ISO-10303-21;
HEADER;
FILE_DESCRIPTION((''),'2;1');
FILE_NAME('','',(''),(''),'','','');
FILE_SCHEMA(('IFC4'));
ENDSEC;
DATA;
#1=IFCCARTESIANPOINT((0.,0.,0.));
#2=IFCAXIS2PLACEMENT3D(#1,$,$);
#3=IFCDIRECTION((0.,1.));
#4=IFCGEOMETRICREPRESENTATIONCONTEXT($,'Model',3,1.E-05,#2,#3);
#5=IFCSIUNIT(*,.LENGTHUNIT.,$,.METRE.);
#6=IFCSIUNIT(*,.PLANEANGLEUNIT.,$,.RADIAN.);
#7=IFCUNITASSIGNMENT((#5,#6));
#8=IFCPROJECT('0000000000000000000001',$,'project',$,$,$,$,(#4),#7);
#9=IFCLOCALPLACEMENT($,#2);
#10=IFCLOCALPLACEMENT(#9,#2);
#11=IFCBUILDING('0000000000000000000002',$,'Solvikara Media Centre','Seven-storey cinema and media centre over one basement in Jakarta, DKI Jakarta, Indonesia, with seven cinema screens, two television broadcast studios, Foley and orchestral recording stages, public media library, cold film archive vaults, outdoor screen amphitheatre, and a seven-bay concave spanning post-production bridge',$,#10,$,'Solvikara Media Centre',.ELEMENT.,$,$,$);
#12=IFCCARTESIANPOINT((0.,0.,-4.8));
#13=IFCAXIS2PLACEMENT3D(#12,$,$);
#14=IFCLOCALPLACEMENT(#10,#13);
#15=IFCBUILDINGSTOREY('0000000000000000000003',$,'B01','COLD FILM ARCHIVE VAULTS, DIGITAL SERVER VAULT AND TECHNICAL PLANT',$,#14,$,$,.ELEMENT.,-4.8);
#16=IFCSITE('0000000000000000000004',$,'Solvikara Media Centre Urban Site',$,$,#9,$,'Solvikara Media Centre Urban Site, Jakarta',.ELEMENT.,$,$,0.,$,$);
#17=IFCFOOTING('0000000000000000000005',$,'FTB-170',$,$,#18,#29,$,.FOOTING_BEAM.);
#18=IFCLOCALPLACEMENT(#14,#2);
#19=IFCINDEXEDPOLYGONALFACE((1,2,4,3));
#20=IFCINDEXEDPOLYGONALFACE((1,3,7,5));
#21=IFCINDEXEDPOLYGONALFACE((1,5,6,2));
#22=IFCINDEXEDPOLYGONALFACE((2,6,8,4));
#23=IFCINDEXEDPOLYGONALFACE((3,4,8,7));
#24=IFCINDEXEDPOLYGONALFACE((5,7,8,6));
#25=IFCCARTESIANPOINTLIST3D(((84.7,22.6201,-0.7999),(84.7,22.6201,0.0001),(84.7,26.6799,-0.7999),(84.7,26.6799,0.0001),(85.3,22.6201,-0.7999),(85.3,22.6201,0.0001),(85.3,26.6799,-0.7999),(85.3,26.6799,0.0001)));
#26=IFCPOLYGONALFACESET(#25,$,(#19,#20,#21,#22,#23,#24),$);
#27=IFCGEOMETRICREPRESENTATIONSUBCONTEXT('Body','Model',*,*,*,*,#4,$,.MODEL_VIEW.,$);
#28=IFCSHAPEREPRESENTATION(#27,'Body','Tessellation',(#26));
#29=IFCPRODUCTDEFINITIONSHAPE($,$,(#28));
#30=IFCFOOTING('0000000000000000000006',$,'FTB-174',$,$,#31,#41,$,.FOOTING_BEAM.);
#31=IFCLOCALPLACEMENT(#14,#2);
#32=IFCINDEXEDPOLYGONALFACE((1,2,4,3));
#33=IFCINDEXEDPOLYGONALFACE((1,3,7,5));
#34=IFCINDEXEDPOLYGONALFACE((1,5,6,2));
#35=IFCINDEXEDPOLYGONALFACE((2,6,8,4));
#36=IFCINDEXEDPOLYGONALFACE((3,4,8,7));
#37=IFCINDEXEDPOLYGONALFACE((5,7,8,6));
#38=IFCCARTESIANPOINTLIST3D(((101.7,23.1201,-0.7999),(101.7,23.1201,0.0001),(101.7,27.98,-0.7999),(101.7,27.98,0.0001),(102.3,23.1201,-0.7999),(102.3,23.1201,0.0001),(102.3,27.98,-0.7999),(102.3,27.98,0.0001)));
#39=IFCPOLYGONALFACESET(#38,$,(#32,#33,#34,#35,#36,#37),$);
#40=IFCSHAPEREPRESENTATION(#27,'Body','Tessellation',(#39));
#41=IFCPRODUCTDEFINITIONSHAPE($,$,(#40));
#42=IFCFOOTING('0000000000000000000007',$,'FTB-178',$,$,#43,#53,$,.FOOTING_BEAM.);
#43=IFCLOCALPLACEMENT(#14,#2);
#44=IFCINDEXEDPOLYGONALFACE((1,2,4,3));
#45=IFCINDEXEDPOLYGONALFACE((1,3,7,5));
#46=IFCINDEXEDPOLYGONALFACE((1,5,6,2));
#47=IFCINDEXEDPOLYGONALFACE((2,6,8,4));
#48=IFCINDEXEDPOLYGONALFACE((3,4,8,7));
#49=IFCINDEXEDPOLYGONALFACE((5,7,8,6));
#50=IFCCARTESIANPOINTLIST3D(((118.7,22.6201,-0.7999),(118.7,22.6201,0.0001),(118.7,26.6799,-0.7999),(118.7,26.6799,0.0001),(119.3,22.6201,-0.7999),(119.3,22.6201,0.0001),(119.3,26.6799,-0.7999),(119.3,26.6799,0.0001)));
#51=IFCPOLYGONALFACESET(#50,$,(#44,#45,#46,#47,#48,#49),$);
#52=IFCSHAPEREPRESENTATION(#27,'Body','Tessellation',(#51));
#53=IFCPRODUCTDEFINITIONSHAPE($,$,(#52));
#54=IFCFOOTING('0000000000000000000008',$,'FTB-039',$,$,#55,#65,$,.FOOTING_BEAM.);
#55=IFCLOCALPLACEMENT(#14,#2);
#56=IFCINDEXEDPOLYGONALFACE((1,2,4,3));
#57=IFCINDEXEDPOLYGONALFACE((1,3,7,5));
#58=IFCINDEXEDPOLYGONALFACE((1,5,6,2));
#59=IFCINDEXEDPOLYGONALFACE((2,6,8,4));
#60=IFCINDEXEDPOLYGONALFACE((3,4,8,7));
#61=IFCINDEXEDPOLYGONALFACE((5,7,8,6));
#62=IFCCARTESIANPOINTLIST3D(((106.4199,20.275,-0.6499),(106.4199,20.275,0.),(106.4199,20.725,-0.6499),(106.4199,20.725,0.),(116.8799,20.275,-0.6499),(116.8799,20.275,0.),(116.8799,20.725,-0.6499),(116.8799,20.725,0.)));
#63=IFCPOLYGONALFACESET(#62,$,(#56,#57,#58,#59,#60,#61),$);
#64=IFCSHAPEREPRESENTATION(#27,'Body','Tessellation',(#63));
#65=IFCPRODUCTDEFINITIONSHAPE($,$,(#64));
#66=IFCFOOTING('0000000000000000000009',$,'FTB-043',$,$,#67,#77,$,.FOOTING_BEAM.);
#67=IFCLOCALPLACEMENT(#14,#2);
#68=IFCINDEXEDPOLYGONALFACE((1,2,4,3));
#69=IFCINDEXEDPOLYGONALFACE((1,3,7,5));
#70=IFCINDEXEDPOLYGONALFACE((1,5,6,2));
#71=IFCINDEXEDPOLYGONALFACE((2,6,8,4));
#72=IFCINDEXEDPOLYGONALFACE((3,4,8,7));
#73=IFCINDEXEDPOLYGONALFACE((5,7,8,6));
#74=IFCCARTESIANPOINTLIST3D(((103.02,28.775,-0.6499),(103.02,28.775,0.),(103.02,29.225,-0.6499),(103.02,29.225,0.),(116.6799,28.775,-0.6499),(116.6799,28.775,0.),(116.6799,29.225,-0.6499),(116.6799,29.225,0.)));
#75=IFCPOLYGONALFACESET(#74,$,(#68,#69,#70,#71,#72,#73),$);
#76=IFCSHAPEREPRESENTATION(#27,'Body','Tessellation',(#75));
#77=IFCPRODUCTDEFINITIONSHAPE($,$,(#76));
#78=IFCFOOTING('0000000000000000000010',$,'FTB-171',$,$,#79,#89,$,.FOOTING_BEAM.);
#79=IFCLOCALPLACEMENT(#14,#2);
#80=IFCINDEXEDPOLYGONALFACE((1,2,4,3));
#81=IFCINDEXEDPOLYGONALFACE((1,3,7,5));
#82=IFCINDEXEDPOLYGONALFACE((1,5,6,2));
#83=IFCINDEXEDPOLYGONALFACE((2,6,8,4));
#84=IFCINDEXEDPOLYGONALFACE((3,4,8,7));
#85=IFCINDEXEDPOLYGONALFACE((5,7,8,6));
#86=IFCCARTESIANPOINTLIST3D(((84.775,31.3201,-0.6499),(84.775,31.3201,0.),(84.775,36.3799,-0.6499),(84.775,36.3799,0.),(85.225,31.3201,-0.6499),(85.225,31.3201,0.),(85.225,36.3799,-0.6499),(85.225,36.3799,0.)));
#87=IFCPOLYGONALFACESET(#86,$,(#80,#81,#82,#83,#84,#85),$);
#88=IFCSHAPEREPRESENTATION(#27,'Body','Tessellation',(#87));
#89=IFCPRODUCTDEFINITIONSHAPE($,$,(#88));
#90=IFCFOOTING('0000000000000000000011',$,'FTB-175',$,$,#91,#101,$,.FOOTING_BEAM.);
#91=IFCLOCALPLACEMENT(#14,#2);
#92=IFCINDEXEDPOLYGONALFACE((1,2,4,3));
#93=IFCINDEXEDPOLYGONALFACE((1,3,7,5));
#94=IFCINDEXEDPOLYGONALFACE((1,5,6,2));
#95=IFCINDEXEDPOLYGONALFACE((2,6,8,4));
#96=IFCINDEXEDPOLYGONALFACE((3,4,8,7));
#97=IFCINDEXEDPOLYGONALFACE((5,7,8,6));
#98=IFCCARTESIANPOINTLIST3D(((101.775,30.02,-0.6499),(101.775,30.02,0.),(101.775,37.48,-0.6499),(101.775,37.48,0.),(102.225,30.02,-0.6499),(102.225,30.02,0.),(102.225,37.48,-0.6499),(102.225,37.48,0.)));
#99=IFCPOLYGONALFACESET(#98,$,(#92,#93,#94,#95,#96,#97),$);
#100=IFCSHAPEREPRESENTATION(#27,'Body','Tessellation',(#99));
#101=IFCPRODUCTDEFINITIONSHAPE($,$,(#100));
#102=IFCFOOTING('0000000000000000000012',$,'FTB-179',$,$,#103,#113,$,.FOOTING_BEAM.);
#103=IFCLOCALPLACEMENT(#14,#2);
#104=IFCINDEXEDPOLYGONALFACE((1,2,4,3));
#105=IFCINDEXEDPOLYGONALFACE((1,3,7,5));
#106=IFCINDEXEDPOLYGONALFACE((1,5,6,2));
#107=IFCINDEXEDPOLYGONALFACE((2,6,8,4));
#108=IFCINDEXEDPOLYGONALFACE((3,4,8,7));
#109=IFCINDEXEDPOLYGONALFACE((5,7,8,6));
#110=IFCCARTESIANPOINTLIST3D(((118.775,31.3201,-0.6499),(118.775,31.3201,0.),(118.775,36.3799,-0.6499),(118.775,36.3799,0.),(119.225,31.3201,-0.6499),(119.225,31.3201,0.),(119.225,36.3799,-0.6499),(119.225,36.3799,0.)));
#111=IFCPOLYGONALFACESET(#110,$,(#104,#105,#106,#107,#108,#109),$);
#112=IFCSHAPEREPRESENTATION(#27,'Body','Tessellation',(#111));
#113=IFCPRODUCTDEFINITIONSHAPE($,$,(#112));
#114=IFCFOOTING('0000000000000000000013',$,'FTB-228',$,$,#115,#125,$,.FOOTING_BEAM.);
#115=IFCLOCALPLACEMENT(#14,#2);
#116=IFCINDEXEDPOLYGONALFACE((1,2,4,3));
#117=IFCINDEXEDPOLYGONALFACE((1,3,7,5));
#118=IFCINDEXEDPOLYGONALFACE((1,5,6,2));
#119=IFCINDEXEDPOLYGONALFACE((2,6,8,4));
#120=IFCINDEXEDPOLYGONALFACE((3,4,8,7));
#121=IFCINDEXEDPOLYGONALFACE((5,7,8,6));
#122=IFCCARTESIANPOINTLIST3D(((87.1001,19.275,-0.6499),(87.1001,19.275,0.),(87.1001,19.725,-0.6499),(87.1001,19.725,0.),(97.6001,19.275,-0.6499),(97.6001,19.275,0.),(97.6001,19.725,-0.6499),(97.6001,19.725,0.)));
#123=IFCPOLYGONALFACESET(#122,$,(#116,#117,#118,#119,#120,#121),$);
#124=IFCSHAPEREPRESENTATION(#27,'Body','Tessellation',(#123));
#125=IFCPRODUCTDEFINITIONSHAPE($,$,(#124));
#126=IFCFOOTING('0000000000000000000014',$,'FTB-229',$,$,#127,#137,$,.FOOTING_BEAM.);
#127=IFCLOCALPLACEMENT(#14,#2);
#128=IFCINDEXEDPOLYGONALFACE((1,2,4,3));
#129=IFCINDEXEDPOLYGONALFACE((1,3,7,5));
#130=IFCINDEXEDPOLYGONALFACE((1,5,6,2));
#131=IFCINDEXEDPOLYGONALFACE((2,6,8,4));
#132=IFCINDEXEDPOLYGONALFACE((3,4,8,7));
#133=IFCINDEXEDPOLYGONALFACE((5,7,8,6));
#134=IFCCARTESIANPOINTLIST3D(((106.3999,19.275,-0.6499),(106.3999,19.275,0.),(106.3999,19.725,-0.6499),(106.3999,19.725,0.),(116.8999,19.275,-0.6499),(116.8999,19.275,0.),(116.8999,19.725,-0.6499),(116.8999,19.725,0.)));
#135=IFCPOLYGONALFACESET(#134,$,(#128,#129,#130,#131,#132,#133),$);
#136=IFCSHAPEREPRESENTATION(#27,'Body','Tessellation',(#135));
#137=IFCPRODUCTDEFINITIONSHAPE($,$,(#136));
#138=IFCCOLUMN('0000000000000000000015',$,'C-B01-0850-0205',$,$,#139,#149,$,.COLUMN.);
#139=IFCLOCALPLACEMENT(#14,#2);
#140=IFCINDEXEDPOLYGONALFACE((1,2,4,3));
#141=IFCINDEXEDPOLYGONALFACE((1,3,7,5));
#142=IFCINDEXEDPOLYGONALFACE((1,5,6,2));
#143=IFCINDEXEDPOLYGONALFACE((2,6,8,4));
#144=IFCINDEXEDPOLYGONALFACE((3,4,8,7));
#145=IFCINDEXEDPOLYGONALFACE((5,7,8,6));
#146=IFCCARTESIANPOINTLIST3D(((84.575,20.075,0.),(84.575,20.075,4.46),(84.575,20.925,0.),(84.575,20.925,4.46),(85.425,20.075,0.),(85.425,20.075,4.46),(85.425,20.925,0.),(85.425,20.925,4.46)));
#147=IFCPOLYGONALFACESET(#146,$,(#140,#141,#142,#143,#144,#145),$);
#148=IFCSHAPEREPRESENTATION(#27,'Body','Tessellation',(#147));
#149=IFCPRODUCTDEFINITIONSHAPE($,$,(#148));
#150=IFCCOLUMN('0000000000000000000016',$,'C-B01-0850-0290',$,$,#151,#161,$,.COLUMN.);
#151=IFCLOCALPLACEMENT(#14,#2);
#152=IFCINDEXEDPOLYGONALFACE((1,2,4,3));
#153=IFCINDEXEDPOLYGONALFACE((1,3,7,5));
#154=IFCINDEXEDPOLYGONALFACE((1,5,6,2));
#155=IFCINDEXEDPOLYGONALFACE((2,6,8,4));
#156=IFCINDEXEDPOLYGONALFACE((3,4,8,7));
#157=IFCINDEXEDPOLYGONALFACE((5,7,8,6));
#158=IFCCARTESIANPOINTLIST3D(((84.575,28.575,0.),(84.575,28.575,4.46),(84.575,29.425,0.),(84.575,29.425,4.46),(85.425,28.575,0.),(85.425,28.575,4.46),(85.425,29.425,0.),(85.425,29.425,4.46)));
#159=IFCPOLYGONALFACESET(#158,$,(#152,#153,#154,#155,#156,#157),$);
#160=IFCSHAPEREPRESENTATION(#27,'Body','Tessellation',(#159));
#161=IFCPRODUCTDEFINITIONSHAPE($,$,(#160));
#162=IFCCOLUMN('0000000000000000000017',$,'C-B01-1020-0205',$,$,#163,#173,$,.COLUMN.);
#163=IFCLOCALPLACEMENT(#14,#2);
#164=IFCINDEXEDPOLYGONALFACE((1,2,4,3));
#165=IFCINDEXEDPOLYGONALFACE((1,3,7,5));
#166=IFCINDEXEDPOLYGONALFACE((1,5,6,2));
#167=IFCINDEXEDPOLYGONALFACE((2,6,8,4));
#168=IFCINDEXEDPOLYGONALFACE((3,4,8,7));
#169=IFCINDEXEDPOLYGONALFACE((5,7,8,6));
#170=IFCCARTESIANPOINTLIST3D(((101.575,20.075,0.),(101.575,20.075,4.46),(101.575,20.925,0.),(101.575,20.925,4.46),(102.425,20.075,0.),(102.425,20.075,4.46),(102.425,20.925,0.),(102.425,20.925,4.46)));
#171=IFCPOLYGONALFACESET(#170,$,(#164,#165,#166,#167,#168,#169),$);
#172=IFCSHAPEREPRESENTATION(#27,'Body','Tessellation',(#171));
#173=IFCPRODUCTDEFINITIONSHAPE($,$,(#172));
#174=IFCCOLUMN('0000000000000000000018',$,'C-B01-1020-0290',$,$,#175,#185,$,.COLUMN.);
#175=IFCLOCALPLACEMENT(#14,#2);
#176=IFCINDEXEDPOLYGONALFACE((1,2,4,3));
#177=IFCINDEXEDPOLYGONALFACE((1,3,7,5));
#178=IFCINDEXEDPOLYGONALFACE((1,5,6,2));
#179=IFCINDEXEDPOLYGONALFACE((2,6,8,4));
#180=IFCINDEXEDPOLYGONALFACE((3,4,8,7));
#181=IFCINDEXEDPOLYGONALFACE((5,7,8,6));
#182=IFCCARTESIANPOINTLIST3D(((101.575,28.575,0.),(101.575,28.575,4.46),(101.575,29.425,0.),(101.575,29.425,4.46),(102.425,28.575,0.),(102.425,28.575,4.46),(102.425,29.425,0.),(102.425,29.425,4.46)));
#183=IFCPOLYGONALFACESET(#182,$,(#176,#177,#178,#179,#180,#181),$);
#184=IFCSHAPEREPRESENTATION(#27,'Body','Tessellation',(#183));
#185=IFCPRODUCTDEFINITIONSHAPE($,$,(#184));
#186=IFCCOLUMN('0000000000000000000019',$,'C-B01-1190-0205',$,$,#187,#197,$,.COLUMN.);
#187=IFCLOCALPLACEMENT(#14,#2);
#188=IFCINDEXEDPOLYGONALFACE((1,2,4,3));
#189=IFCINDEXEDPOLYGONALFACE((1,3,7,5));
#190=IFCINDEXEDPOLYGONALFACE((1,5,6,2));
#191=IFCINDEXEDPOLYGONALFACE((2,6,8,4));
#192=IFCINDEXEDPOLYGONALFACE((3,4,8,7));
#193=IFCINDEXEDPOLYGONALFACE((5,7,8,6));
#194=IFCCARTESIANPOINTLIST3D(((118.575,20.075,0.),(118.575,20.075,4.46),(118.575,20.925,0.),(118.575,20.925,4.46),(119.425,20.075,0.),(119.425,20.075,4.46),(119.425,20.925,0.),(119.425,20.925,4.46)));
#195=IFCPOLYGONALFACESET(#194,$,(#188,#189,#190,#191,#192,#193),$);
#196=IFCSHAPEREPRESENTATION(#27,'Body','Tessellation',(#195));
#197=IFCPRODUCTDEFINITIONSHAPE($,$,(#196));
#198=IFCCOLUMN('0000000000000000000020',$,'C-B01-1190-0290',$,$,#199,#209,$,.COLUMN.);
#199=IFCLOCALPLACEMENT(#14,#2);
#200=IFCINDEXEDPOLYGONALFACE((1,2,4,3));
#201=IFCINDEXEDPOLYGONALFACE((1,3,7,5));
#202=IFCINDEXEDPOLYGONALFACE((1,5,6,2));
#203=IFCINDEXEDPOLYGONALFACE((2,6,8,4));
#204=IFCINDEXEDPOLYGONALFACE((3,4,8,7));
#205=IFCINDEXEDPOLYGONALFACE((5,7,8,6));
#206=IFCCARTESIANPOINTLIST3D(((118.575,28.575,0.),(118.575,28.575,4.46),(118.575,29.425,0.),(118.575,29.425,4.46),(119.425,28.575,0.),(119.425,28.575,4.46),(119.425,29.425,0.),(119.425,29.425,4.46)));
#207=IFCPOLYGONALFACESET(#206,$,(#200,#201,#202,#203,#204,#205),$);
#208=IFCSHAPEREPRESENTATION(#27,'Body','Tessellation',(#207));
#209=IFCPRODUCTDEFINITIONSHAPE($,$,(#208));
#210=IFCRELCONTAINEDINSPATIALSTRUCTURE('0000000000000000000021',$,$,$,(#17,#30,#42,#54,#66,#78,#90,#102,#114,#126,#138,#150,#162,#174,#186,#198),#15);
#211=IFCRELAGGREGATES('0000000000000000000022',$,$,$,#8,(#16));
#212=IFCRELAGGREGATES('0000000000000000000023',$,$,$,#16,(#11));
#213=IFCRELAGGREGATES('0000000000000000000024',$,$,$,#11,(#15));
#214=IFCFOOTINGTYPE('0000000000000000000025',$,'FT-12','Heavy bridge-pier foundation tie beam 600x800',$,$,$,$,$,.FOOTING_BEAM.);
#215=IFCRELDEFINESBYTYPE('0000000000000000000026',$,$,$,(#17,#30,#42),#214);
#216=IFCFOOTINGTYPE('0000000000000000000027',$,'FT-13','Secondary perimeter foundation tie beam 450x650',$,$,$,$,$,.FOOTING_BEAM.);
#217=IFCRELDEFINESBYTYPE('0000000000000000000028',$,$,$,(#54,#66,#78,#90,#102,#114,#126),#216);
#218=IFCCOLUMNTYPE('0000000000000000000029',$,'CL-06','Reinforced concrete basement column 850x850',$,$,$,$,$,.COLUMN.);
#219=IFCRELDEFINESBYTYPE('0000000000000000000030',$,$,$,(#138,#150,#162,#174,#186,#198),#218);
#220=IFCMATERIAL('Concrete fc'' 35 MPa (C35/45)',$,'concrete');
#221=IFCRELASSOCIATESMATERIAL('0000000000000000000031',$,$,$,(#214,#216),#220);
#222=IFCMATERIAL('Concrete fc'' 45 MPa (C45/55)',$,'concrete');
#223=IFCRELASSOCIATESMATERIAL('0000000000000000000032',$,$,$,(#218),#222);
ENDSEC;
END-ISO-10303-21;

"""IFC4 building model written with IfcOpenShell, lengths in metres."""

from ifc_helpers import new_model, si_unit, direction, frame, origin, origin_2d, place, context, subcontext, project, spatial, rectangle, extrude, material, material_profile, profile_set, type_object, element, save


model = new_model("IFC4")

# Units and contexts
model_context = context("Model", 3, precision=1e-05, world=origin(), true_north=direction((0.0, 1.0)))
body_context = subcontext(model_context, "Body", "Model", "MODEL_VIEW")
ifc_project = project(units=[si_unit("LENGTHUNIT", "METRE"), si_unit("PLANEANGLEUNIT", "RADIAN")], contexts=[model_context])

# Site, building, storey
site_placement = place(None, origin())
site = spatial("IfcSite", under=ifc_project, at=site_placement, Name="Solvikara Media Centre Urban Site", LongName="Solvikara Media Centre Urban Site, Jakarta", CompositionType="ELEMENT", RefElevation=0.0)
building_placement = place(site_placement, origin())
building = spatial("IfcBuilding", under=site, at=building_placement, Name="Solvikara Media Centre", Description="Seven-storey cinema and media centre over one basement in Jakarta, DKI Jakarta, Indonesia, with seven cinema screens, two television broadcast studios, Foley and orchestral recording stages, public media library, cold film archive vaults, outdoor screen amphitheatre, and a seven-bay concave spanning post-production bridge", LongName="Solvikara Media Centre", CompositionType="ELEMENT")
storey_placement = place(building_placement, frame((0.0, 0.0, -4.8)))
storey = spatial("IfcBuildingStorey", under=building, at=storey_placement, Name="B01", Description="COLD FILM ARCHIVE VAULTS, DIGITAL SERVER VAULT AND TECHNICAL PLANT", CompositionType="ELEMENT", Elevation=-4.8)

# Shared definitions
ifc_material_1 = material(Name="Concrete fc' 35 MPa (C35/45)", Category="concrete")

# Footings
ifc_material_profile_1 = material_profile(ifc_material_1, rectangle(XDim=0.6001, YDim=0.8, at=origin_2d()), Name="RC 600x800")
ifc_profile_set_1 = profile_set([ifc_material_profile_1], Name="Concrete fc' 35 MPa (C35/45)")
footing_type_1 = type_object("IfcFootingType", Name="FT-12", Description="Heavy bridge-pier foundation tie beam 600x800", PredefinedType="FOOTING_BEAM", material=ifc_profile_set_1)
footing_1_placement = place(storey_placement, frame((85.0, 22.6201, -0.3999), z_axis=(0.0, 1.0, 0.0), x_axis=(-1.0, 0.0, 0.0)))
element("IfcFooting", 1, at=footing_1_placement, inside=storey, type_object=footing_type_1, Name="FTB-170", PredefinedType="FOOTING_BEAM", context=body_context, shape_type="SweptSolid", body=[
    extrude(rectangle(XDim=0.6001, YDim=0.8, at=origin_2d()), origin(), (0.0, 0.0, 1.0), 4.0598),
])
footing_2_placement = place(storey_placement, frame((102.0, 23.1201, -0.3999), z_axis=(0.0, 1.0, 0.0), x_axis=(-1.0, 0.0, 0.0)))
element("IfcFooting", 2, at=footing_2_placement, inside=storey, type_object=footing_type_1, Name="FTB-174", PredefinedType="FOOTING_BEAM", context=body_context, shape_type="SweptSolid", body=[
    extrude(rectangle(XDim=0.6001, YDim=0.8, at=origin_2d()), origin(), (0.0, 0.0, 1.0), 4.8599),
])
footing_3_placement = place(storey_placement, frame((119.0, 22.6201, -0.3999), z_axis=(0.0, 1.0, 0.0), x_axis=(-1.0, 0.0, 0.0)))
element("IfcFooting", 3, at=footing_3_placement, inside=storey, type_object=footing_type_1, Name="FTB-178", PredefinedType="FOOTING_BEAM", context=body_context, shape_type="SweptSolid", body=[
    extrude(rectangle(XDim=0.6001, YDim=0.8, at=origin_2d()), origin(), (0.0, 0.0, 1.0), 4.0598),
])
ifc_material_profile_2 = material_profile(ifc_material_1, rectangle(XDim=0.45, YDim=0.6499, at=origin_2d()), Name="RC 450x650")
ifc_profile_set_2 = profile_set([ifc_material_profile_2], Name="Concrete fc' 35 MPa (C35/45)")
footing_type_2 = type_object("IfcFootingType", Name="FT-13", Description="Secondary perimeter foundation tie beam 450x650", PredefinedType="FOOTING_BEAM", material=ifc_profile_set_2)
footing_4_placement = place(storey_placement, frame((106.4199, 20.5, -0.325), z_axis=(1.0, 0.0, 0.0), x_axis=(0.0, 1.0, 0.0)))
element("IfcFooting", 4, at=footing_4_placement, inside=storey, type_object=footing_type_2, Name="FTB-039", PredefinedType="FOOTING_BEAM", context=body_context, shape_type="SweptSolid", body=[
    extrude(rectangle(XDim=0.45, YDim=0.6499, at=origin_2d()), origin(), (0.0, 0.0, 1.0), 10.46),
])
footing_5_placement = place(storey_placement, frame((103.02, 29.0, -0.325), z_axis=(1.0, 0.0, 0.0), x_axis=(0.0, 1.0, 0.0)))
element("IfcFooting", 5, at=footing_5_placement, inside=storey, type_object=footing_type_2, Name="FTB-043", PredefinedType="FOOTING_BEAM", context=body_context, shape_type="SweptSolid", body=[
    extrude(rectangle(XDim=0.45, YDim=0.6499, at=origin_2d()), origin(), (0.0, 0.0, 1.0), 13.6599),
])
footing_6_placement = place(storey_placement, frame((85.0, 31.3201, -0.325), z_axis=(0.0, 1.0, 0.0), x_axis=(-1.0, 0.0, 0.0)))
element("IfcFooting", 6, at=footing_6_placement, inside=storey, type_object=footing_type_2, Name="FTB-171", PredefinedType="FOOTING_BEAM", context=body_context, shape_type="SweptSolid", body=[
    extrude(rectangle(XDim=0.45, YDim=0.6499, at=origin_2d()), origin(), (0.0, 0.0, 1.0), 5.0598),
])
footing_7_placement = place(storey_placement, frame((102.0, 30.02, -0.325), z_axis=(0.0, 1.0, 0.0), x_axis=(-1.0, 0.0, 0.0)))
element("IfcFooting", 7, at=footing_7_placement, inside=storey, type_object=footing_type_2, Name="FTB-175", PredefinedType="FOOTING_BEAM", context=body_context, shape_type="SweptSolid", body=[
    extrude(rectangle(XDim=0.45, YDim=0.6499, at=origin_2d()), origin(), (0.0, 0.0, 1.0), 7.46),
])
footing_8_placement = place(storey_placement, frame((119.0, 31.3201, -0.325), z_axis=(0.0, 1.0, 0.0), x_axis=(-1.0, 0.0, 0.0)))
element("IfcFooting", 8, at=footing_8_placement, inside=storey, type_object=footing_type_2, Name="FTB-179", PredefinedType="FOOTING_BEAM", context=body_context, shape_type="SweptSolid", body=[
    extrude(rectangle(XDim=0.45, YDim=0.6499, at=origin_2d()), origin(), (0.0, 0.0, 1.0), 5.0598),
])
for number, where, z_axis, x_axis, name in (
    (9, (87.1001, 19.5, -0.325), (1.0, 0.0, 0.0), (0.0, 1.0, 0.0), "FTB-228"),
    (10, (106.3999, 19.5, -0.325), (1.0, 0.0, 0.0), (0.0, 1.0, 0.0), "FTB-229"),
):
    element("IfcFooting", number, at=place(storey_placement, frame(where, z_axis=z_axis, x_axis=x_axis)), inside=storey, type_object=footing_type_2, Name=name, PredefinedType="FOOTING_BEAM", context=body_context, shape_type="SweptSolid", body=[
        extrude(rectangle(XDim=0.45, YDim=0.6499, at=origin_2d()), origin(), (0.0, 0.0, 1.0), 10.5),
    ])

# Columns
ifc_material_2 = material(Name="Concrete fc' 45 MPa (C45/55)", Category="concrete")
ifc_material_profile_3 = material_profile(ifc_material_2, rectangle(XDim=0.8501, YDim=0.8501, at=origin_2d()), Name="RC 850x850")
ifc_profile_set_3 = profile_set([ifc_material_profile_3], Name="Concrete fc' 45 MPa (C45/55)")
column_type = type_object("IfcColumnType", Name="CL-06", Description="Reinforced concrete basement column 850x850", PredefinedType="COLUMN", material=ifc_profile_set_3)
for number, where, z_axis, x_axis, name in (
    (11, (85.0, 20.5, 0.0), (0.0, 0.0, 1.0), (1.0, 0.0, 0.0), "C-B01-0850-0205"),
    (12, (85.0, 29.0, 0.0), (0.0, 0.0, 1.0), (1.0, 0.0, 0.0), "C-B01-0850-0290"),
    (13, (102.0, 20.5, 0.0), (0.0, 0.0, 1.0), (1.0, 0.0, 0.0), "C-B01-1020-0205"),
    (14, (102.0, 29.0, 0.0), (0.0, 0.0, 1.0), (1.0, 0.0, 0.0), "C-B01-1020-0290"),
    (15, (119.0, 20.5, 0.0), (0.0, 0.0, 1.0), (1.0, 0.0, 0.0), "C-B01-1190-0205"),
    (16, (119.0, 29.0, 0.0), (0.0, 0.0, 1.0), (1.0, 0.0, 0.0), "C-B01-1190-0290"),
):
    element("IfcColumn", number, at=place(storey_placement, frame(where, z_axis=z_axis, x_axis=x_axis)), inside=storey, type_object=column_type, Name=name, PredefinedType="COLUMN", context=body_context, shape_type="SweptSolid", body=[
        extrude(rectangle(XDim=0.8501, YDim=0.8501, at=origin_2d()), origin(), (0.0, 0.0, 1.0), 4.46),
    ])

save(model, "model.ifc")
